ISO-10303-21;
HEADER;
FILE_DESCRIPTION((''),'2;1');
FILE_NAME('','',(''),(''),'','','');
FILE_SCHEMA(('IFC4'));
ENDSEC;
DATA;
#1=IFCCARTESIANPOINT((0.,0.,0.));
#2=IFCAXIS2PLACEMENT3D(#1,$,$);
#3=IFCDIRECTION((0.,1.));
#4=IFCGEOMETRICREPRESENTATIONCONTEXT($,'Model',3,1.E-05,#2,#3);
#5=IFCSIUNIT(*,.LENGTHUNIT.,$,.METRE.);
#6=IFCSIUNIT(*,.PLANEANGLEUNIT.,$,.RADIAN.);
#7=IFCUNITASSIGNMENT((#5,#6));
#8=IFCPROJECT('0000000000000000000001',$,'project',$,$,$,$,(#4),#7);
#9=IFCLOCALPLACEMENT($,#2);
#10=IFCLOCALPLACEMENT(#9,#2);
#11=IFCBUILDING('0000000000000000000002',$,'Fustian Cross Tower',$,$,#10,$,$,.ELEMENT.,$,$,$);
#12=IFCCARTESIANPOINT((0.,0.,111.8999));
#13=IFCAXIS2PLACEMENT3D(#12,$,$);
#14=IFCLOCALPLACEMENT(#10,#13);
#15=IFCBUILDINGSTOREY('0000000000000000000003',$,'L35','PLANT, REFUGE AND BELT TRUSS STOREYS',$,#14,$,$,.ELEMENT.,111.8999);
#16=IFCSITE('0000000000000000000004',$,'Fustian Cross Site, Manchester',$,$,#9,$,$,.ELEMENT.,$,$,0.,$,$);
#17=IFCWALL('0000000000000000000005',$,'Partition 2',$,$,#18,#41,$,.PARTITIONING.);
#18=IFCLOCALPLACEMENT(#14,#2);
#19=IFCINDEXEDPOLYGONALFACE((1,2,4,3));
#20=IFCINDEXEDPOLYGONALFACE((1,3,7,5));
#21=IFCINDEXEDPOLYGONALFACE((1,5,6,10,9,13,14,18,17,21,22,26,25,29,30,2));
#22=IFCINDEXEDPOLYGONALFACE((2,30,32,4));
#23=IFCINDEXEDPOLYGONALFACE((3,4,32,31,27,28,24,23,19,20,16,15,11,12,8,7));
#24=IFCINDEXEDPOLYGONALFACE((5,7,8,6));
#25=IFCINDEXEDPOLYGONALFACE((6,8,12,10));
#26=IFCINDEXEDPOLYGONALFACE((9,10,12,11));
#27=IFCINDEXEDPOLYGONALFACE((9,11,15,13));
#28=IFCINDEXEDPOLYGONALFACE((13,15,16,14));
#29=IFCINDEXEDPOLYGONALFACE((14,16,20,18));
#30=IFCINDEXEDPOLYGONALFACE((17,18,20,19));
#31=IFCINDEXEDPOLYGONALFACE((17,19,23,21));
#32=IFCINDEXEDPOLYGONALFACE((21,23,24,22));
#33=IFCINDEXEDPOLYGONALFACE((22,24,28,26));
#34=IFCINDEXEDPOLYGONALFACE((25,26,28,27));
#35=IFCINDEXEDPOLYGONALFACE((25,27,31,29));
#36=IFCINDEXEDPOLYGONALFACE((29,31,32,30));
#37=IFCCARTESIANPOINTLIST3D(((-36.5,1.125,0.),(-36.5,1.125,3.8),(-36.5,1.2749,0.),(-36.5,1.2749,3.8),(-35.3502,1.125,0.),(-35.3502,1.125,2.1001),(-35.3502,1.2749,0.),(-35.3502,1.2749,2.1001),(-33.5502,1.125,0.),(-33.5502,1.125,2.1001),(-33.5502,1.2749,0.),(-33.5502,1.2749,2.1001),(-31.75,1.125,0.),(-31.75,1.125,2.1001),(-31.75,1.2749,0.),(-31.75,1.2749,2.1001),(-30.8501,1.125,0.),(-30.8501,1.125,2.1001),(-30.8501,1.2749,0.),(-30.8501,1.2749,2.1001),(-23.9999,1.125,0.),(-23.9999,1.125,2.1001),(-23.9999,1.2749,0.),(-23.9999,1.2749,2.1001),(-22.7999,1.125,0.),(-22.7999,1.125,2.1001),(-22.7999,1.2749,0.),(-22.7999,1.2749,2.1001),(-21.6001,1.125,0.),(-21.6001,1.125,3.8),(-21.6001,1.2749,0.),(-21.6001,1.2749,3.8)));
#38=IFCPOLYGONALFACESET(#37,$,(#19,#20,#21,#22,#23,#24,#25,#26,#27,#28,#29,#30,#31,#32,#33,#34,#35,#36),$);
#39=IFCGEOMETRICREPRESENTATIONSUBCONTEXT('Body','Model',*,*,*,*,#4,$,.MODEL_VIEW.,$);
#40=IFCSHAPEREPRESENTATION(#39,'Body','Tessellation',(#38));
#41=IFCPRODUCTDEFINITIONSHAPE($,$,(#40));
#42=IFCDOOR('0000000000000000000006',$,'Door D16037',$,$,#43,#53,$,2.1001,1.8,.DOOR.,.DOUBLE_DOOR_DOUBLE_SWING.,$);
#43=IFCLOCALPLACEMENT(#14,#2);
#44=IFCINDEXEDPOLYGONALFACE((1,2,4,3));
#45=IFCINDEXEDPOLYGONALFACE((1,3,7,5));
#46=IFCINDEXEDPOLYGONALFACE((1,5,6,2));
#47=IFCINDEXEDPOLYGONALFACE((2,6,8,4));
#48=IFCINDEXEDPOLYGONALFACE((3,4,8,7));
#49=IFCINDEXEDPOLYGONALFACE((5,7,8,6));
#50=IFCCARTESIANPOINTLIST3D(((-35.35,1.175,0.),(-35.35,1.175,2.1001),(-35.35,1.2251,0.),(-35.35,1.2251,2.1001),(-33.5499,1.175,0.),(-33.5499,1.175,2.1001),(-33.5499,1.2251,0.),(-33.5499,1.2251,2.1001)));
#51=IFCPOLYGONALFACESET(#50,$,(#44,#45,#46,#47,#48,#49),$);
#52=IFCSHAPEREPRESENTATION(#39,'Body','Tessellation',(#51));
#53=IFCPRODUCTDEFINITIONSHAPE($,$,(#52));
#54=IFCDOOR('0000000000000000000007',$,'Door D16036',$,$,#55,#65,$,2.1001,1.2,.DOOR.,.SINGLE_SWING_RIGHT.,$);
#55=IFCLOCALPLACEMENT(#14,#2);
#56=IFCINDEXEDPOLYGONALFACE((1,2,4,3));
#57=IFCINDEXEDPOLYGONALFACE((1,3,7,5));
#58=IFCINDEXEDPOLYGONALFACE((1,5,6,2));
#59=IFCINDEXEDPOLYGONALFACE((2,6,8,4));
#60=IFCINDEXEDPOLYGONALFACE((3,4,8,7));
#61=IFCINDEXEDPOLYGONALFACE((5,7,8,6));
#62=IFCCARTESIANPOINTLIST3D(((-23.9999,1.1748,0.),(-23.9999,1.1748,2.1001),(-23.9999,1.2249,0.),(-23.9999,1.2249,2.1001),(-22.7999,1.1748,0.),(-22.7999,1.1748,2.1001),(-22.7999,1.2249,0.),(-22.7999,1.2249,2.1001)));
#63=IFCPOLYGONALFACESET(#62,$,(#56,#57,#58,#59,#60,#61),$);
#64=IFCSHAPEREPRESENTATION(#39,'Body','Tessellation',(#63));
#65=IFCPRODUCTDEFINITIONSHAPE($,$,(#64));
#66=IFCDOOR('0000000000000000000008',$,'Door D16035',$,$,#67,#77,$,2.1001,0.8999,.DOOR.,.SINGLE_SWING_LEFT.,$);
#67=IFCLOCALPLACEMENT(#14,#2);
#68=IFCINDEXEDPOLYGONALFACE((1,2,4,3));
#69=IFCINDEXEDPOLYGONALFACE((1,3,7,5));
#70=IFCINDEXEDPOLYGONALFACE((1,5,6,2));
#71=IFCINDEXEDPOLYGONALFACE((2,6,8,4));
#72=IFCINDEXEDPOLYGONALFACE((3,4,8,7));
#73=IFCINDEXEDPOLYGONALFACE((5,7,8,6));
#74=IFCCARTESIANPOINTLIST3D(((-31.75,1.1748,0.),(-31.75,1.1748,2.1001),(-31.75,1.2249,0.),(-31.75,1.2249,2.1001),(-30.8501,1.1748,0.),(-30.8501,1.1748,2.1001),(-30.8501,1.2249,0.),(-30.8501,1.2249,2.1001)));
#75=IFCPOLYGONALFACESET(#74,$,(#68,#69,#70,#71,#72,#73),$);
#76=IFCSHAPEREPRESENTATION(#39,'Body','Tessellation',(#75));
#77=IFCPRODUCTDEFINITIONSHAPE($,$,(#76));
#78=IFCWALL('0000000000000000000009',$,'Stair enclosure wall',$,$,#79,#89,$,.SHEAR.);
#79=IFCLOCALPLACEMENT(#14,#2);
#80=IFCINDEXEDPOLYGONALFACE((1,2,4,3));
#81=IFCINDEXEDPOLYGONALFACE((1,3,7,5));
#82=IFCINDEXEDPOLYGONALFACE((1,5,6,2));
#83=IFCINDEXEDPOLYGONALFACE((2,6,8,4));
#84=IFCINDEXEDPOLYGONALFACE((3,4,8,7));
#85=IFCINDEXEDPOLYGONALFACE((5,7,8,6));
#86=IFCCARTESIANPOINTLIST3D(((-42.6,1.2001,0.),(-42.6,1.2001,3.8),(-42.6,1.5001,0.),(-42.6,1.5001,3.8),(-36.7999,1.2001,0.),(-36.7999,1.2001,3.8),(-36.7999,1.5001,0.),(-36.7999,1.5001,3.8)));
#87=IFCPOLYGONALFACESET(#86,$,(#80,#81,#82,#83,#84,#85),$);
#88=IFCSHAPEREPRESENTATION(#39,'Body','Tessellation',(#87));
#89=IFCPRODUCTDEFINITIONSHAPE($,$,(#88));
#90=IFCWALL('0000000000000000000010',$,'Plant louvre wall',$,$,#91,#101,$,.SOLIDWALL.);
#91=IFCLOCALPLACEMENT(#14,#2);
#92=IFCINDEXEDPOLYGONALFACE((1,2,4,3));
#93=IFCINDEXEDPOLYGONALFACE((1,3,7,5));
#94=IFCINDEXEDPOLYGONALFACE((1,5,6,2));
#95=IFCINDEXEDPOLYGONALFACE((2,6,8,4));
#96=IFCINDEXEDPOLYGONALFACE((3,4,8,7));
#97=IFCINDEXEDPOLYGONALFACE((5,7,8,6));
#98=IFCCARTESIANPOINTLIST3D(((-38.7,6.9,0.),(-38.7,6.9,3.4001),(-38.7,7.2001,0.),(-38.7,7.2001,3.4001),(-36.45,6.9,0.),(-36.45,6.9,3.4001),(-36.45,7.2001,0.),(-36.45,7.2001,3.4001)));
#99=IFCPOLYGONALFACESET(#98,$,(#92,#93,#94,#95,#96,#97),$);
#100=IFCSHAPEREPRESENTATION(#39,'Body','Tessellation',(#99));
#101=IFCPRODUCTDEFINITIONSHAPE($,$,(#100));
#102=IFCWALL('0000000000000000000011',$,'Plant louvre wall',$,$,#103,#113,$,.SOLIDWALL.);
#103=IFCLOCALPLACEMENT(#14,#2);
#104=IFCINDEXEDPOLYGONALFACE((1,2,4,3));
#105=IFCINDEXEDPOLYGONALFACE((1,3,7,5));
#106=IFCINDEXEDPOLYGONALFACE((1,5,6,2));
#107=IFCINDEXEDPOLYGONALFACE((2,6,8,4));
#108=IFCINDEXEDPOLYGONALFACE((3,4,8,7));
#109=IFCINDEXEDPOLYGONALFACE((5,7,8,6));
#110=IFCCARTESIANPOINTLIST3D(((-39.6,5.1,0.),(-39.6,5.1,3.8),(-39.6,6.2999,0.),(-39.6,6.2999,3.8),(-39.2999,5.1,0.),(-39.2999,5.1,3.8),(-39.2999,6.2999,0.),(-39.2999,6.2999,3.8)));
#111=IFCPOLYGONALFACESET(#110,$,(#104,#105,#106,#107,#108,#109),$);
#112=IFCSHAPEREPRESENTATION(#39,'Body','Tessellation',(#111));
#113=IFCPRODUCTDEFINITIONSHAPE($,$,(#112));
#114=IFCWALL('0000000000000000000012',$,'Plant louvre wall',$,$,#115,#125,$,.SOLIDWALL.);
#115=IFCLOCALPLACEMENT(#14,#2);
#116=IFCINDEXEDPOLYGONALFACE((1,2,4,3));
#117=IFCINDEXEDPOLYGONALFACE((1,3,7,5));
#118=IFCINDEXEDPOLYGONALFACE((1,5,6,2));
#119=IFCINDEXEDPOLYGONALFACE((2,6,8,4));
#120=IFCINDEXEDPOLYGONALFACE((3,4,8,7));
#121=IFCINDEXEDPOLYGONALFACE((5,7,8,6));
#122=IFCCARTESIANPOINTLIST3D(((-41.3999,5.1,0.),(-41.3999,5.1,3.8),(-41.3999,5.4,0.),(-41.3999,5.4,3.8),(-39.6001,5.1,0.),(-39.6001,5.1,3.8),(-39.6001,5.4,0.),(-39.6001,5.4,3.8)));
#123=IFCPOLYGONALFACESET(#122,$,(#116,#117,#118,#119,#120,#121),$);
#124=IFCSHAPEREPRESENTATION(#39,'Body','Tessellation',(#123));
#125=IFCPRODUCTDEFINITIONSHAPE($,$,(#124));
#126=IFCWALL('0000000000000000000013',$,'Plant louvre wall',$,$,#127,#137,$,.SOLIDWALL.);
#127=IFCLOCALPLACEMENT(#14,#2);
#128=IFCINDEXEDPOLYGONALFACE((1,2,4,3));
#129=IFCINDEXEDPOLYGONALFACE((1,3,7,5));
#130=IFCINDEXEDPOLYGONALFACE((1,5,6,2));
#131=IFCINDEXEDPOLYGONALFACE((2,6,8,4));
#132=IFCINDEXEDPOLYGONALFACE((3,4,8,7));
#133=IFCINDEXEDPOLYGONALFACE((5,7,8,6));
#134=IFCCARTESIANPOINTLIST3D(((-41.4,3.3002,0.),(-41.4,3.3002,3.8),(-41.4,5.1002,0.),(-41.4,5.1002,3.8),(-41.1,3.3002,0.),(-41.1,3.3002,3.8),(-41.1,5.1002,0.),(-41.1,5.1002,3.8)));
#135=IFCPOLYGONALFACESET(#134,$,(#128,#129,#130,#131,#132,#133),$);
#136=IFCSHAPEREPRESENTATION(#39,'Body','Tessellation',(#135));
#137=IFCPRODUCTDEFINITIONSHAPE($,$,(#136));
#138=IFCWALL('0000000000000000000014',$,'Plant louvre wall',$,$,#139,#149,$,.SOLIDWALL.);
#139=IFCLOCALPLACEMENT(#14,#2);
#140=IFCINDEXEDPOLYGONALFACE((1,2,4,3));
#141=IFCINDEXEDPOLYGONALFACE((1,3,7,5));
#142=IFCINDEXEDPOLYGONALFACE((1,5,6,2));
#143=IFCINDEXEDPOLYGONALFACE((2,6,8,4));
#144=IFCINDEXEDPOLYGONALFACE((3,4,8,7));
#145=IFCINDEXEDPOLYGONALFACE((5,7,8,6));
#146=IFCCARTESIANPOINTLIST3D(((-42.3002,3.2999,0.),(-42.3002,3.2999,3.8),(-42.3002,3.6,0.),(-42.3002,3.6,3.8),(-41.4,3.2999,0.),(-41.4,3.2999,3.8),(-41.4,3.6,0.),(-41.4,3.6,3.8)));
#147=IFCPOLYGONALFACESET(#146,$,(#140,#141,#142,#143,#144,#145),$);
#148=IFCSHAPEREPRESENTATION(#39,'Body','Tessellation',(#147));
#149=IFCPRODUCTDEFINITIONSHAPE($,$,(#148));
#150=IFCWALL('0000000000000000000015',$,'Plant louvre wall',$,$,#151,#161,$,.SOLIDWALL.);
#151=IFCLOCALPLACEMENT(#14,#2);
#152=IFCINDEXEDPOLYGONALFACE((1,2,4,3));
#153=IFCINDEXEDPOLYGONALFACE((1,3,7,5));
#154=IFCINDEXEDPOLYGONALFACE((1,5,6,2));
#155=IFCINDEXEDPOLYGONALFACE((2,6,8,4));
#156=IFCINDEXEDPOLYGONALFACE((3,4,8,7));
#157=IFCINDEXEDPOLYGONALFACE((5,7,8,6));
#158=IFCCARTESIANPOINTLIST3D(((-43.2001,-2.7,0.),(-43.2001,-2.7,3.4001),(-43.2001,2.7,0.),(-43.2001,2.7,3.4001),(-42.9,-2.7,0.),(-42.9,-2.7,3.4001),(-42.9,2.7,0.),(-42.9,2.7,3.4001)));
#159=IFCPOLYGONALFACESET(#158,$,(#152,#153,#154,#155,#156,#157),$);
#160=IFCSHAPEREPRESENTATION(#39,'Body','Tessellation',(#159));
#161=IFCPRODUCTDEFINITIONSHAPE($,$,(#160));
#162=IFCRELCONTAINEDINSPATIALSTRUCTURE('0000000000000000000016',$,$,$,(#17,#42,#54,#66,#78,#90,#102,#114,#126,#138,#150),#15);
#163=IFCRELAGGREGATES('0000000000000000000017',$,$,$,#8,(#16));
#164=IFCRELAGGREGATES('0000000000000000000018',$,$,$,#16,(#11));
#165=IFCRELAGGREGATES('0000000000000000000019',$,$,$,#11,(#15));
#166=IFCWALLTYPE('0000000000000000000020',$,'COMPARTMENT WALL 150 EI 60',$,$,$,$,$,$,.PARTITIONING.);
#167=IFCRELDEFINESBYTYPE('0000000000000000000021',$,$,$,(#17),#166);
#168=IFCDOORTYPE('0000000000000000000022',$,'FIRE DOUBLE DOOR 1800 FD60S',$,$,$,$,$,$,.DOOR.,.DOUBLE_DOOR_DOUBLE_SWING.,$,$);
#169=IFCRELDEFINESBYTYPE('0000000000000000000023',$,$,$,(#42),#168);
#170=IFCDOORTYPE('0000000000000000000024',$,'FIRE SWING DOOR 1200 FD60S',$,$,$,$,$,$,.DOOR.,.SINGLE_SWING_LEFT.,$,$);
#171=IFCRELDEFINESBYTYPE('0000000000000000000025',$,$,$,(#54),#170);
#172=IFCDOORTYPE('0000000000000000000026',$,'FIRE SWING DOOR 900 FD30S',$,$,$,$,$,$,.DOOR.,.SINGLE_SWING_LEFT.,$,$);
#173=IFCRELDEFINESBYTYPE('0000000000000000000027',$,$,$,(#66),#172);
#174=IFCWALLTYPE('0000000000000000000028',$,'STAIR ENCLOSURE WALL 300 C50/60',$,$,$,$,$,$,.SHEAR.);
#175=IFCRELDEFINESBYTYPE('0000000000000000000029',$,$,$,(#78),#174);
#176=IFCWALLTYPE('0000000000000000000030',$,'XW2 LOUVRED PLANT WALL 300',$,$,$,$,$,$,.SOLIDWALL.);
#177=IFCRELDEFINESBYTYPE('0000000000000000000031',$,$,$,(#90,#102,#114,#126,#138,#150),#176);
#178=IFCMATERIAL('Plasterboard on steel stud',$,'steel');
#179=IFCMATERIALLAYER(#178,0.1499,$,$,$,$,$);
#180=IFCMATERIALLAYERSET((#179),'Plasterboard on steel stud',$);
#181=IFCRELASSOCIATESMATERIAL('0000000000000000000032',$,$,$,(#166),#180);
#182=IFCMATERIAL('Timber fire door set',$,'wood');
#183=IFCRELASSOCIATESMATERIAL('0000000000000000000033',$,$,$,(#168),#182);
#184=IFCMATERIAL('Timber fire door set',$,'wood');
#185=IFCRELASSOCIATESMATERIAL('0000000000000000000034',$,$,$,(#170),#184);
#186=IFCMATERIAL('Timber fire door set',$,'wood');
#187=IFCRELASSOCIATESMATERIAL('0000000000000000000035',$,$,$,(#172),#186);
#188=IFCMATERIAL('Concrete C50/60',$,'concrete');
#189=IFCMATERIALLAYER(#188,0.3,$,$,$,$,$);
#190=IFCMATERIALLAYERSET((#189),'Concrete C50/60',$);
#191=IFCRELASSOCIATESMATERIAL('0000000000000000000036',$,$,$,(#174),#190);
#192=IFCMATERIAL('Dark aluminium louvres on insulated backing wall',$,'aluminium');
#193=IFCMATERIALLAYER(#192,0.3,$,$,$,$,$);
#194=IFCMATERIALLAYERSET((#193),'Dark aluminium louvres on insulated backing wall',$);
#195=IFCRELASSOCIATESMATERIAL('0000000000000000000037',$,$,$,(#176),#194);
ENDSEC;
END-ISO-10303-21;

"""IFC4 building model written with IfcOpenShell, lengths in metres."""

from ifc_helpers import new_model, si_unit, direction, frame, frame_2d, origin, place, context, subcontext, project, spatial, rectangle, extrude, material, layer, layer_set, type_object, element, fill, save


model = new_model("IFC4")

# Units and contexts
model_context = context("Model", 3, precision=1e-05, world=origin(), true_north=direction((0.0, 1.0)))
body_context = subcontext(model_context, "Body", "Model", "MODEL_VIEW")
ifc_project = project(units=[si_unit("LENGTHUNIT", "METRE"), si_unit("PLANEANGLEUNIT", "RADIAN")], contexts=[model_context])

# Site, building, storey
site_placement = place(None, origin())
site = spatial("IfcSite", under=ifc_project, at=site_placement, Name="Fustian Cross Site, Manchester", CompositionType="ELEMENT", RefElevation=0.0)
building_placement = place(site_placement, origin())
building = spatial("IfcBuilding", under=site, at=building_placement, Name="Fustian Cross Tower", CompositionType="ELEMENT")
storey_placement = place(building_placement, frame((0.0, 0.0, 111.8999)))
storey = spatial("IfcBuildingStorey", under=building, at=storey_placement, Name="L35", Description="PLANT, REFUGE AND BELT TRUSS STOREYS", CompositionType="ELEMENT", Elevation=111.8999)

# Wall, openings, doors
ifc_material_1 = material(Name="Plasterboard on steel stud", Category="steel")
ifc_layer_1 = layer(ifc_material_1, 0.1499)
ifc_layer_set_1 = layer_set([ifc_layer_1], Name="Plasterboard on steel stud")
wall_type_1 = type_object("IfcWallType", Name="COMPARTMENT WALL 150 EI 60", PredefinedType="PARTITIONING", material=ifc_layer_set_1)
ifc_material_2 = material(Name="Timber fire door set", Category="wood")
door_type_1 = type_object("IfcDoorType", Name="FIRE DOUBLE DOOR 1800 FD60S", OperationType="DOUBLE_DOOR_DOUBLE_SWING", PredefinedType="DOOR", material=ifc_material_2)
wall_1_placement = place(storey_placement, frame((-36.5, 1.2, 0.0), z_axis=(0.0, 0.0, 1.0), x_axis=(1.0, 0.0, 0.0)))
wall_1 = element("IfcWall", 1, at=wall_1_placement, inside=storey, type_object=wall_type_1, Name="Partition 2", PredefinedType="PARTITIONING", context=body_context, shape_type="SweptSolid", body=[
    extrude(rectangle(XDim=14.8999, YDim=0.1499, at=frame_2d((7.45, 0.0))), origin(), (0.0, 0.0, 1.0), 3.8),
])
opening_1_placement = place(wall_1_placement, frame((4.75, 0.0, 0.0)))
opening_1 = element("IfcOpeningElement", 2, at=opening_1_placement, cuts=wall_1, PredefinedType="OPENING", context=body_context, shape_type="SweptSolid", body=[
    extrude(rectangle(XDim=0.8999, YDim=2.1001, at=frame_2d((0.45, 1.05))), frame((0.0, 0.085, 0.0), z_axis=(0.0, -1.0, 0.0), x_axis=(1.0, 0.0, 0.0)), (0.0, 0.0, 1.0), 0.1699),
])
opening_2_placement = place(wall_1_placement, frame((12.5, 0.0, 0.0)))
opening_2 = element("IfcOpeningElement", 3, at=opening_2_placement, cuts=wall_1, PredefinedType="OPENING", context=body_context, shape_type="SweptSolid", body=[
    extrude(rectangle(XDim=1.2, YDim=2.1001, at=frame_2d((0.6001, 1.05))), frame((0.0, 0.085, 0.0), z_axis=(0.0, -1.0, 0.0), x_axis=(1.0, 0.0, 0.0)), (0.0, 0.0, 1.0), 0.1699),
])
opening_3_placement = place(wall_1_placement, frame((1.1499, 0.0, 0.0)))
opening_3 = element("IfcOpeningElement", 4, at=opening_3_placement, cuts=wall_1, PredefinedType="OPENING", context=body_context, shape_type="SweptSolid", body=[
    extrude(rectangle(XDim=1.8, YDim=2.1001, at=frame_2d((0.8999, 1.05))), frame((0.0, 0.085, 0.0), z_axis=(0.0, -1.0, 0.0), x_axis=(1.0, 0.0, 0.0)), (0.0, 0.0, 1.0), 0.1699),
])
door_1_placement = place(opening_3_placement, frame((1.8, 0.0, 0.0), z_axis=(0.0, 0.0, 1.0), x_axis=(-1.0, 0.0, 0.0)))
door_1 = element("IfcDoor", 5, at=door_1_placement, inside=storey, type_object=door_type_1, Name="Door D16037", OperationType="DOUBLE_DOOR_DOUBLE_SWING", OverallHeight=2.1001, OverallWidth=1.8, PredefinedType="DOOR", context=body_context, shape_type="SweptSolid", body=[
    extrude(rectangle(XDim=1.8, YDim=2.1001, at=frame_2d((0.8999, 1.05))), frame((0.0, 0.0249, 0.0), z_axis=(0.0, -1.0, 0.0), x_axis=(1.0, 0.0, 0.0)), (0.0, 0.0, 1.0), 0.05),
])
fill(opening_3, door_1)
ifc_material_3 = material(Name="Timber fire door set", Category="wood")
door_type_2 = type_object("IfcDoorType", Name="FIRE SWING DOOR 1200 FD60S", OperationType="SINGLE_SWING_LEFT", PredefinedType="DOOR", material=ifc_material_3)
door_2_placement = place(opening_2_placement, origin())
door_2 = element("IfcDoor", 6, at=door_2_placement, inside=storey, type_object=door_type_2, Name="Door D16036", OperationType="SINGLE_SWING_RIGHT", OverallHeight=2.1001, OverallWidth=1.2, PredefinedType="DOOR", context=body_context, shape_type="SweptSolid", body=[
    extrude(rectangle(XDim=1.2, YDim=2.1001, at=frame_2d((0.6001, 1.05))), frame((0.0, 0.0249, 0.0), z_axis=(0.0, -1.0, 0.0), x_axis=(1.0, 0.0, 0.0)), (0.0, 0.0, 1.0), 0.05),
])
fill(opening_2, door_2)
ifc_material_4 = material(Name="Timber fire door set", Category="wood")
door_type_3 = type_object("IfcDoorType", Name="FIRE SWING DOOR 900 FD30S", OperationType="SINGLE_SWING_LEFT", PredefinedType="DOOR", material=ifc_material_4)
door_3_placement = place(opening_1_placement, origin())
door_3 = element("IfcDoor", 7, at=door_3_placement, inside=storey, type_object=door_type_3, Name="Door D16035", OperationType="SINGLE_SWING_LEFT", OverallHeight=2.1001, OverallWidth=0.8999, PredefinedType="DOOR", context=body_context, shape_type="SweptSolid", body=[
    extrude(rectangle(XDim=0.8999, YDim=2.1001, at=frame_2d((0.45, 1.05))), frame((0.0, 0.0249, 0.0), z_axis=(0.0, -1.0, 0.0), x_axis=(1.0, 0.0, 0.0)), (0.0, 0.0, 1.0), 0.05),
])
fill(opening_1, door_3)

# Walls
ifc_material_5 = material(Name="Concrete C50/60", Category="concrete")
ifc_layer_2 = layer(ifc_material_5, 0.3)
ifc_layer_set_2 = layer_set([ifc_layer_2], Name="Concrete C50/60")
wall_type_2 = type_object("IfcWallType", Name="STAIR ENCLOSURE WALL 300 C50/60", PredefinedType="SHEAR", material=ifc_layer_set_2)
wall_2_placement = place(storey_placement, frame((-36.8, 1.3501, 0.0), z_axis=(0.0, 0.0, 1.0), x_axis=(-1.0, 0.0, 0.0)))
element("IfcWall", 8, at=wall_2_placement, inside=storey, type_object=wall_type_2, Name="Stair enclosure wall", PredefinedType="SHEAR", context=body_context, shape_type="SweptSolid", body=[
    extrude(rectangle(XDim=5.8, YDim=0.3, at=frame_2d((2.8999, 0.0))), origin(), (0.0, 0.0, 1.0), 3.8),
])
ifc_material_6 = material(Name="Dark aluminium louvres on insulated backing wall", Category="aluminium")
ifc_layer_3 = layer(ifc_material_6, 0.3)
ifc_layer_set_3 = layer_set([ifc_layer_3], Name="Dark aluminium louvres on insulated backing wall")
wall_type_3 = type_object("IfcWallType", Name="XW2 LOUVRED PLANT WALL 300", PredefinedType="SOLIDWALL", material=ifc_layer_set_3)
wall_3_placement = place(storey_placement, frame((-36.45, 7.05, 0.0), z_axis=(0.0, 0.0, 1.0), x_axis=(-1.0, 0.0, 0.0)))
element("IfcWall", 9, at=wall_3_placement, inside=storey, type_object=wall_type_3, Name="Plant louvre wall", PredefinedType="SOLIDWALL", context=body_context, shape_type="SweptSolid", body=[
    extrude(rectangle(XDim=2.25, YDim=0.3, at=frame_2d((1.125, 0.0))), origin(), (0.0, 0.0, 1.0), 3.4001),
])
wall_4_placement = place(storey_placement, frame((-39.45, 6.3, 0.0), z_axis=(0.0, 0.0, 1.0), x_axis=(0.0, -1.0, 0.0)))
element("IfcWall", 10, at=wall_4_placement, inside=storey, type_object=wall_type_3, Name="Plant louvre wall", PredefinedType="SOLIDWALL", context=body_context, shape_type="SweptSolid", body=[
    extrude(rectangle(XDim=1.2, YDim=0.3, at=frame_2d((0.6001, 0.0))), origin(), (0.0, 0.0, 1.0), 3.8),
])
wall_5_placement = place(storey_placement, frame((-39.6001, 5.25, 0.0), z_axis=(0.0, 0.0, 1.0), x_axis=(-1.0, 0.0, 0.0)))
element("IfcWall", 11, at=wall_5_placement, inside=storey, type_object=wall_type_3, Name="Plant louvre wall", PredefinedType="SOLIDWALL", context=body_context, shape_type="SweptSolid", body=[
    extrude(rectangle(XDim=1.7998, YDim=0.3, at=frame_2d((0.8999, 0.0))), origin(), (0.0, 0.0, 1.0), 3.8),
])
wall_6_placement = place(storey_placement, frame((-41.25, 5.1001, 0.0), z_axis=(0.0, 0.0, 1.0), x_axis=(0.0, -1.0, 0.0)))
element("IfcWall", 12, at=wall_6_placement, inside=storey, type_object=wall_type_3, Name="Plant louvre wall", PredefinedType="SOLIDWALL", context=body_context, shape_type="SweptSolid", body=[
    extrude(rectangle(XDim=1.8, YDim=0.3, at=frame_2d((0.8999, 0.0))), origin(), (0.0, 0.0, 1.0), 3.8),
])
wall_7_placement = place(storey_placement, frame((-41.3999, 3.45, 0.0), z_axis=(0.0, 0.0, 1.0), x_axis=(-1.0, 0.0, 0.0)))
element("IfcWall", 13, at=wall_7_placement, inside=storey, type_object=wall_type_3, Name="Plant louvre wall", PredefinedType="SOLIDWALL", context=body_context, shape_type="SweptSolid", body=[
    extrude(rectangle(XDim=0.9001, YDim=0.3, at=frame_2d((0.4502, 0.0))), origin(), (0.0, 0.0, 1.0), 3.8),
])
wall_8_placement = place(storey_placement, frame((-43.05, 2.7, 0.0), z_axis=(0.0, 0.0, 1.0), x_axis=(0.0, -1.0, 0.0)))
element("IfcWall", 14, at=wall_8_placement, inside=storey, type_object=wall_type_3, Name="Plant louvre wall", PredefinedType="SOLIDWALL", context=body_context, shape_type="SweptSolid", body=[
    extrude(rectangle(XDim=5.3999, YDim=0.3, at=frame_2d((2.7, 0.0))), origin(), (0.0, 0.0, 1.0), 3.4001),
])

save(model, "model.ifc")
